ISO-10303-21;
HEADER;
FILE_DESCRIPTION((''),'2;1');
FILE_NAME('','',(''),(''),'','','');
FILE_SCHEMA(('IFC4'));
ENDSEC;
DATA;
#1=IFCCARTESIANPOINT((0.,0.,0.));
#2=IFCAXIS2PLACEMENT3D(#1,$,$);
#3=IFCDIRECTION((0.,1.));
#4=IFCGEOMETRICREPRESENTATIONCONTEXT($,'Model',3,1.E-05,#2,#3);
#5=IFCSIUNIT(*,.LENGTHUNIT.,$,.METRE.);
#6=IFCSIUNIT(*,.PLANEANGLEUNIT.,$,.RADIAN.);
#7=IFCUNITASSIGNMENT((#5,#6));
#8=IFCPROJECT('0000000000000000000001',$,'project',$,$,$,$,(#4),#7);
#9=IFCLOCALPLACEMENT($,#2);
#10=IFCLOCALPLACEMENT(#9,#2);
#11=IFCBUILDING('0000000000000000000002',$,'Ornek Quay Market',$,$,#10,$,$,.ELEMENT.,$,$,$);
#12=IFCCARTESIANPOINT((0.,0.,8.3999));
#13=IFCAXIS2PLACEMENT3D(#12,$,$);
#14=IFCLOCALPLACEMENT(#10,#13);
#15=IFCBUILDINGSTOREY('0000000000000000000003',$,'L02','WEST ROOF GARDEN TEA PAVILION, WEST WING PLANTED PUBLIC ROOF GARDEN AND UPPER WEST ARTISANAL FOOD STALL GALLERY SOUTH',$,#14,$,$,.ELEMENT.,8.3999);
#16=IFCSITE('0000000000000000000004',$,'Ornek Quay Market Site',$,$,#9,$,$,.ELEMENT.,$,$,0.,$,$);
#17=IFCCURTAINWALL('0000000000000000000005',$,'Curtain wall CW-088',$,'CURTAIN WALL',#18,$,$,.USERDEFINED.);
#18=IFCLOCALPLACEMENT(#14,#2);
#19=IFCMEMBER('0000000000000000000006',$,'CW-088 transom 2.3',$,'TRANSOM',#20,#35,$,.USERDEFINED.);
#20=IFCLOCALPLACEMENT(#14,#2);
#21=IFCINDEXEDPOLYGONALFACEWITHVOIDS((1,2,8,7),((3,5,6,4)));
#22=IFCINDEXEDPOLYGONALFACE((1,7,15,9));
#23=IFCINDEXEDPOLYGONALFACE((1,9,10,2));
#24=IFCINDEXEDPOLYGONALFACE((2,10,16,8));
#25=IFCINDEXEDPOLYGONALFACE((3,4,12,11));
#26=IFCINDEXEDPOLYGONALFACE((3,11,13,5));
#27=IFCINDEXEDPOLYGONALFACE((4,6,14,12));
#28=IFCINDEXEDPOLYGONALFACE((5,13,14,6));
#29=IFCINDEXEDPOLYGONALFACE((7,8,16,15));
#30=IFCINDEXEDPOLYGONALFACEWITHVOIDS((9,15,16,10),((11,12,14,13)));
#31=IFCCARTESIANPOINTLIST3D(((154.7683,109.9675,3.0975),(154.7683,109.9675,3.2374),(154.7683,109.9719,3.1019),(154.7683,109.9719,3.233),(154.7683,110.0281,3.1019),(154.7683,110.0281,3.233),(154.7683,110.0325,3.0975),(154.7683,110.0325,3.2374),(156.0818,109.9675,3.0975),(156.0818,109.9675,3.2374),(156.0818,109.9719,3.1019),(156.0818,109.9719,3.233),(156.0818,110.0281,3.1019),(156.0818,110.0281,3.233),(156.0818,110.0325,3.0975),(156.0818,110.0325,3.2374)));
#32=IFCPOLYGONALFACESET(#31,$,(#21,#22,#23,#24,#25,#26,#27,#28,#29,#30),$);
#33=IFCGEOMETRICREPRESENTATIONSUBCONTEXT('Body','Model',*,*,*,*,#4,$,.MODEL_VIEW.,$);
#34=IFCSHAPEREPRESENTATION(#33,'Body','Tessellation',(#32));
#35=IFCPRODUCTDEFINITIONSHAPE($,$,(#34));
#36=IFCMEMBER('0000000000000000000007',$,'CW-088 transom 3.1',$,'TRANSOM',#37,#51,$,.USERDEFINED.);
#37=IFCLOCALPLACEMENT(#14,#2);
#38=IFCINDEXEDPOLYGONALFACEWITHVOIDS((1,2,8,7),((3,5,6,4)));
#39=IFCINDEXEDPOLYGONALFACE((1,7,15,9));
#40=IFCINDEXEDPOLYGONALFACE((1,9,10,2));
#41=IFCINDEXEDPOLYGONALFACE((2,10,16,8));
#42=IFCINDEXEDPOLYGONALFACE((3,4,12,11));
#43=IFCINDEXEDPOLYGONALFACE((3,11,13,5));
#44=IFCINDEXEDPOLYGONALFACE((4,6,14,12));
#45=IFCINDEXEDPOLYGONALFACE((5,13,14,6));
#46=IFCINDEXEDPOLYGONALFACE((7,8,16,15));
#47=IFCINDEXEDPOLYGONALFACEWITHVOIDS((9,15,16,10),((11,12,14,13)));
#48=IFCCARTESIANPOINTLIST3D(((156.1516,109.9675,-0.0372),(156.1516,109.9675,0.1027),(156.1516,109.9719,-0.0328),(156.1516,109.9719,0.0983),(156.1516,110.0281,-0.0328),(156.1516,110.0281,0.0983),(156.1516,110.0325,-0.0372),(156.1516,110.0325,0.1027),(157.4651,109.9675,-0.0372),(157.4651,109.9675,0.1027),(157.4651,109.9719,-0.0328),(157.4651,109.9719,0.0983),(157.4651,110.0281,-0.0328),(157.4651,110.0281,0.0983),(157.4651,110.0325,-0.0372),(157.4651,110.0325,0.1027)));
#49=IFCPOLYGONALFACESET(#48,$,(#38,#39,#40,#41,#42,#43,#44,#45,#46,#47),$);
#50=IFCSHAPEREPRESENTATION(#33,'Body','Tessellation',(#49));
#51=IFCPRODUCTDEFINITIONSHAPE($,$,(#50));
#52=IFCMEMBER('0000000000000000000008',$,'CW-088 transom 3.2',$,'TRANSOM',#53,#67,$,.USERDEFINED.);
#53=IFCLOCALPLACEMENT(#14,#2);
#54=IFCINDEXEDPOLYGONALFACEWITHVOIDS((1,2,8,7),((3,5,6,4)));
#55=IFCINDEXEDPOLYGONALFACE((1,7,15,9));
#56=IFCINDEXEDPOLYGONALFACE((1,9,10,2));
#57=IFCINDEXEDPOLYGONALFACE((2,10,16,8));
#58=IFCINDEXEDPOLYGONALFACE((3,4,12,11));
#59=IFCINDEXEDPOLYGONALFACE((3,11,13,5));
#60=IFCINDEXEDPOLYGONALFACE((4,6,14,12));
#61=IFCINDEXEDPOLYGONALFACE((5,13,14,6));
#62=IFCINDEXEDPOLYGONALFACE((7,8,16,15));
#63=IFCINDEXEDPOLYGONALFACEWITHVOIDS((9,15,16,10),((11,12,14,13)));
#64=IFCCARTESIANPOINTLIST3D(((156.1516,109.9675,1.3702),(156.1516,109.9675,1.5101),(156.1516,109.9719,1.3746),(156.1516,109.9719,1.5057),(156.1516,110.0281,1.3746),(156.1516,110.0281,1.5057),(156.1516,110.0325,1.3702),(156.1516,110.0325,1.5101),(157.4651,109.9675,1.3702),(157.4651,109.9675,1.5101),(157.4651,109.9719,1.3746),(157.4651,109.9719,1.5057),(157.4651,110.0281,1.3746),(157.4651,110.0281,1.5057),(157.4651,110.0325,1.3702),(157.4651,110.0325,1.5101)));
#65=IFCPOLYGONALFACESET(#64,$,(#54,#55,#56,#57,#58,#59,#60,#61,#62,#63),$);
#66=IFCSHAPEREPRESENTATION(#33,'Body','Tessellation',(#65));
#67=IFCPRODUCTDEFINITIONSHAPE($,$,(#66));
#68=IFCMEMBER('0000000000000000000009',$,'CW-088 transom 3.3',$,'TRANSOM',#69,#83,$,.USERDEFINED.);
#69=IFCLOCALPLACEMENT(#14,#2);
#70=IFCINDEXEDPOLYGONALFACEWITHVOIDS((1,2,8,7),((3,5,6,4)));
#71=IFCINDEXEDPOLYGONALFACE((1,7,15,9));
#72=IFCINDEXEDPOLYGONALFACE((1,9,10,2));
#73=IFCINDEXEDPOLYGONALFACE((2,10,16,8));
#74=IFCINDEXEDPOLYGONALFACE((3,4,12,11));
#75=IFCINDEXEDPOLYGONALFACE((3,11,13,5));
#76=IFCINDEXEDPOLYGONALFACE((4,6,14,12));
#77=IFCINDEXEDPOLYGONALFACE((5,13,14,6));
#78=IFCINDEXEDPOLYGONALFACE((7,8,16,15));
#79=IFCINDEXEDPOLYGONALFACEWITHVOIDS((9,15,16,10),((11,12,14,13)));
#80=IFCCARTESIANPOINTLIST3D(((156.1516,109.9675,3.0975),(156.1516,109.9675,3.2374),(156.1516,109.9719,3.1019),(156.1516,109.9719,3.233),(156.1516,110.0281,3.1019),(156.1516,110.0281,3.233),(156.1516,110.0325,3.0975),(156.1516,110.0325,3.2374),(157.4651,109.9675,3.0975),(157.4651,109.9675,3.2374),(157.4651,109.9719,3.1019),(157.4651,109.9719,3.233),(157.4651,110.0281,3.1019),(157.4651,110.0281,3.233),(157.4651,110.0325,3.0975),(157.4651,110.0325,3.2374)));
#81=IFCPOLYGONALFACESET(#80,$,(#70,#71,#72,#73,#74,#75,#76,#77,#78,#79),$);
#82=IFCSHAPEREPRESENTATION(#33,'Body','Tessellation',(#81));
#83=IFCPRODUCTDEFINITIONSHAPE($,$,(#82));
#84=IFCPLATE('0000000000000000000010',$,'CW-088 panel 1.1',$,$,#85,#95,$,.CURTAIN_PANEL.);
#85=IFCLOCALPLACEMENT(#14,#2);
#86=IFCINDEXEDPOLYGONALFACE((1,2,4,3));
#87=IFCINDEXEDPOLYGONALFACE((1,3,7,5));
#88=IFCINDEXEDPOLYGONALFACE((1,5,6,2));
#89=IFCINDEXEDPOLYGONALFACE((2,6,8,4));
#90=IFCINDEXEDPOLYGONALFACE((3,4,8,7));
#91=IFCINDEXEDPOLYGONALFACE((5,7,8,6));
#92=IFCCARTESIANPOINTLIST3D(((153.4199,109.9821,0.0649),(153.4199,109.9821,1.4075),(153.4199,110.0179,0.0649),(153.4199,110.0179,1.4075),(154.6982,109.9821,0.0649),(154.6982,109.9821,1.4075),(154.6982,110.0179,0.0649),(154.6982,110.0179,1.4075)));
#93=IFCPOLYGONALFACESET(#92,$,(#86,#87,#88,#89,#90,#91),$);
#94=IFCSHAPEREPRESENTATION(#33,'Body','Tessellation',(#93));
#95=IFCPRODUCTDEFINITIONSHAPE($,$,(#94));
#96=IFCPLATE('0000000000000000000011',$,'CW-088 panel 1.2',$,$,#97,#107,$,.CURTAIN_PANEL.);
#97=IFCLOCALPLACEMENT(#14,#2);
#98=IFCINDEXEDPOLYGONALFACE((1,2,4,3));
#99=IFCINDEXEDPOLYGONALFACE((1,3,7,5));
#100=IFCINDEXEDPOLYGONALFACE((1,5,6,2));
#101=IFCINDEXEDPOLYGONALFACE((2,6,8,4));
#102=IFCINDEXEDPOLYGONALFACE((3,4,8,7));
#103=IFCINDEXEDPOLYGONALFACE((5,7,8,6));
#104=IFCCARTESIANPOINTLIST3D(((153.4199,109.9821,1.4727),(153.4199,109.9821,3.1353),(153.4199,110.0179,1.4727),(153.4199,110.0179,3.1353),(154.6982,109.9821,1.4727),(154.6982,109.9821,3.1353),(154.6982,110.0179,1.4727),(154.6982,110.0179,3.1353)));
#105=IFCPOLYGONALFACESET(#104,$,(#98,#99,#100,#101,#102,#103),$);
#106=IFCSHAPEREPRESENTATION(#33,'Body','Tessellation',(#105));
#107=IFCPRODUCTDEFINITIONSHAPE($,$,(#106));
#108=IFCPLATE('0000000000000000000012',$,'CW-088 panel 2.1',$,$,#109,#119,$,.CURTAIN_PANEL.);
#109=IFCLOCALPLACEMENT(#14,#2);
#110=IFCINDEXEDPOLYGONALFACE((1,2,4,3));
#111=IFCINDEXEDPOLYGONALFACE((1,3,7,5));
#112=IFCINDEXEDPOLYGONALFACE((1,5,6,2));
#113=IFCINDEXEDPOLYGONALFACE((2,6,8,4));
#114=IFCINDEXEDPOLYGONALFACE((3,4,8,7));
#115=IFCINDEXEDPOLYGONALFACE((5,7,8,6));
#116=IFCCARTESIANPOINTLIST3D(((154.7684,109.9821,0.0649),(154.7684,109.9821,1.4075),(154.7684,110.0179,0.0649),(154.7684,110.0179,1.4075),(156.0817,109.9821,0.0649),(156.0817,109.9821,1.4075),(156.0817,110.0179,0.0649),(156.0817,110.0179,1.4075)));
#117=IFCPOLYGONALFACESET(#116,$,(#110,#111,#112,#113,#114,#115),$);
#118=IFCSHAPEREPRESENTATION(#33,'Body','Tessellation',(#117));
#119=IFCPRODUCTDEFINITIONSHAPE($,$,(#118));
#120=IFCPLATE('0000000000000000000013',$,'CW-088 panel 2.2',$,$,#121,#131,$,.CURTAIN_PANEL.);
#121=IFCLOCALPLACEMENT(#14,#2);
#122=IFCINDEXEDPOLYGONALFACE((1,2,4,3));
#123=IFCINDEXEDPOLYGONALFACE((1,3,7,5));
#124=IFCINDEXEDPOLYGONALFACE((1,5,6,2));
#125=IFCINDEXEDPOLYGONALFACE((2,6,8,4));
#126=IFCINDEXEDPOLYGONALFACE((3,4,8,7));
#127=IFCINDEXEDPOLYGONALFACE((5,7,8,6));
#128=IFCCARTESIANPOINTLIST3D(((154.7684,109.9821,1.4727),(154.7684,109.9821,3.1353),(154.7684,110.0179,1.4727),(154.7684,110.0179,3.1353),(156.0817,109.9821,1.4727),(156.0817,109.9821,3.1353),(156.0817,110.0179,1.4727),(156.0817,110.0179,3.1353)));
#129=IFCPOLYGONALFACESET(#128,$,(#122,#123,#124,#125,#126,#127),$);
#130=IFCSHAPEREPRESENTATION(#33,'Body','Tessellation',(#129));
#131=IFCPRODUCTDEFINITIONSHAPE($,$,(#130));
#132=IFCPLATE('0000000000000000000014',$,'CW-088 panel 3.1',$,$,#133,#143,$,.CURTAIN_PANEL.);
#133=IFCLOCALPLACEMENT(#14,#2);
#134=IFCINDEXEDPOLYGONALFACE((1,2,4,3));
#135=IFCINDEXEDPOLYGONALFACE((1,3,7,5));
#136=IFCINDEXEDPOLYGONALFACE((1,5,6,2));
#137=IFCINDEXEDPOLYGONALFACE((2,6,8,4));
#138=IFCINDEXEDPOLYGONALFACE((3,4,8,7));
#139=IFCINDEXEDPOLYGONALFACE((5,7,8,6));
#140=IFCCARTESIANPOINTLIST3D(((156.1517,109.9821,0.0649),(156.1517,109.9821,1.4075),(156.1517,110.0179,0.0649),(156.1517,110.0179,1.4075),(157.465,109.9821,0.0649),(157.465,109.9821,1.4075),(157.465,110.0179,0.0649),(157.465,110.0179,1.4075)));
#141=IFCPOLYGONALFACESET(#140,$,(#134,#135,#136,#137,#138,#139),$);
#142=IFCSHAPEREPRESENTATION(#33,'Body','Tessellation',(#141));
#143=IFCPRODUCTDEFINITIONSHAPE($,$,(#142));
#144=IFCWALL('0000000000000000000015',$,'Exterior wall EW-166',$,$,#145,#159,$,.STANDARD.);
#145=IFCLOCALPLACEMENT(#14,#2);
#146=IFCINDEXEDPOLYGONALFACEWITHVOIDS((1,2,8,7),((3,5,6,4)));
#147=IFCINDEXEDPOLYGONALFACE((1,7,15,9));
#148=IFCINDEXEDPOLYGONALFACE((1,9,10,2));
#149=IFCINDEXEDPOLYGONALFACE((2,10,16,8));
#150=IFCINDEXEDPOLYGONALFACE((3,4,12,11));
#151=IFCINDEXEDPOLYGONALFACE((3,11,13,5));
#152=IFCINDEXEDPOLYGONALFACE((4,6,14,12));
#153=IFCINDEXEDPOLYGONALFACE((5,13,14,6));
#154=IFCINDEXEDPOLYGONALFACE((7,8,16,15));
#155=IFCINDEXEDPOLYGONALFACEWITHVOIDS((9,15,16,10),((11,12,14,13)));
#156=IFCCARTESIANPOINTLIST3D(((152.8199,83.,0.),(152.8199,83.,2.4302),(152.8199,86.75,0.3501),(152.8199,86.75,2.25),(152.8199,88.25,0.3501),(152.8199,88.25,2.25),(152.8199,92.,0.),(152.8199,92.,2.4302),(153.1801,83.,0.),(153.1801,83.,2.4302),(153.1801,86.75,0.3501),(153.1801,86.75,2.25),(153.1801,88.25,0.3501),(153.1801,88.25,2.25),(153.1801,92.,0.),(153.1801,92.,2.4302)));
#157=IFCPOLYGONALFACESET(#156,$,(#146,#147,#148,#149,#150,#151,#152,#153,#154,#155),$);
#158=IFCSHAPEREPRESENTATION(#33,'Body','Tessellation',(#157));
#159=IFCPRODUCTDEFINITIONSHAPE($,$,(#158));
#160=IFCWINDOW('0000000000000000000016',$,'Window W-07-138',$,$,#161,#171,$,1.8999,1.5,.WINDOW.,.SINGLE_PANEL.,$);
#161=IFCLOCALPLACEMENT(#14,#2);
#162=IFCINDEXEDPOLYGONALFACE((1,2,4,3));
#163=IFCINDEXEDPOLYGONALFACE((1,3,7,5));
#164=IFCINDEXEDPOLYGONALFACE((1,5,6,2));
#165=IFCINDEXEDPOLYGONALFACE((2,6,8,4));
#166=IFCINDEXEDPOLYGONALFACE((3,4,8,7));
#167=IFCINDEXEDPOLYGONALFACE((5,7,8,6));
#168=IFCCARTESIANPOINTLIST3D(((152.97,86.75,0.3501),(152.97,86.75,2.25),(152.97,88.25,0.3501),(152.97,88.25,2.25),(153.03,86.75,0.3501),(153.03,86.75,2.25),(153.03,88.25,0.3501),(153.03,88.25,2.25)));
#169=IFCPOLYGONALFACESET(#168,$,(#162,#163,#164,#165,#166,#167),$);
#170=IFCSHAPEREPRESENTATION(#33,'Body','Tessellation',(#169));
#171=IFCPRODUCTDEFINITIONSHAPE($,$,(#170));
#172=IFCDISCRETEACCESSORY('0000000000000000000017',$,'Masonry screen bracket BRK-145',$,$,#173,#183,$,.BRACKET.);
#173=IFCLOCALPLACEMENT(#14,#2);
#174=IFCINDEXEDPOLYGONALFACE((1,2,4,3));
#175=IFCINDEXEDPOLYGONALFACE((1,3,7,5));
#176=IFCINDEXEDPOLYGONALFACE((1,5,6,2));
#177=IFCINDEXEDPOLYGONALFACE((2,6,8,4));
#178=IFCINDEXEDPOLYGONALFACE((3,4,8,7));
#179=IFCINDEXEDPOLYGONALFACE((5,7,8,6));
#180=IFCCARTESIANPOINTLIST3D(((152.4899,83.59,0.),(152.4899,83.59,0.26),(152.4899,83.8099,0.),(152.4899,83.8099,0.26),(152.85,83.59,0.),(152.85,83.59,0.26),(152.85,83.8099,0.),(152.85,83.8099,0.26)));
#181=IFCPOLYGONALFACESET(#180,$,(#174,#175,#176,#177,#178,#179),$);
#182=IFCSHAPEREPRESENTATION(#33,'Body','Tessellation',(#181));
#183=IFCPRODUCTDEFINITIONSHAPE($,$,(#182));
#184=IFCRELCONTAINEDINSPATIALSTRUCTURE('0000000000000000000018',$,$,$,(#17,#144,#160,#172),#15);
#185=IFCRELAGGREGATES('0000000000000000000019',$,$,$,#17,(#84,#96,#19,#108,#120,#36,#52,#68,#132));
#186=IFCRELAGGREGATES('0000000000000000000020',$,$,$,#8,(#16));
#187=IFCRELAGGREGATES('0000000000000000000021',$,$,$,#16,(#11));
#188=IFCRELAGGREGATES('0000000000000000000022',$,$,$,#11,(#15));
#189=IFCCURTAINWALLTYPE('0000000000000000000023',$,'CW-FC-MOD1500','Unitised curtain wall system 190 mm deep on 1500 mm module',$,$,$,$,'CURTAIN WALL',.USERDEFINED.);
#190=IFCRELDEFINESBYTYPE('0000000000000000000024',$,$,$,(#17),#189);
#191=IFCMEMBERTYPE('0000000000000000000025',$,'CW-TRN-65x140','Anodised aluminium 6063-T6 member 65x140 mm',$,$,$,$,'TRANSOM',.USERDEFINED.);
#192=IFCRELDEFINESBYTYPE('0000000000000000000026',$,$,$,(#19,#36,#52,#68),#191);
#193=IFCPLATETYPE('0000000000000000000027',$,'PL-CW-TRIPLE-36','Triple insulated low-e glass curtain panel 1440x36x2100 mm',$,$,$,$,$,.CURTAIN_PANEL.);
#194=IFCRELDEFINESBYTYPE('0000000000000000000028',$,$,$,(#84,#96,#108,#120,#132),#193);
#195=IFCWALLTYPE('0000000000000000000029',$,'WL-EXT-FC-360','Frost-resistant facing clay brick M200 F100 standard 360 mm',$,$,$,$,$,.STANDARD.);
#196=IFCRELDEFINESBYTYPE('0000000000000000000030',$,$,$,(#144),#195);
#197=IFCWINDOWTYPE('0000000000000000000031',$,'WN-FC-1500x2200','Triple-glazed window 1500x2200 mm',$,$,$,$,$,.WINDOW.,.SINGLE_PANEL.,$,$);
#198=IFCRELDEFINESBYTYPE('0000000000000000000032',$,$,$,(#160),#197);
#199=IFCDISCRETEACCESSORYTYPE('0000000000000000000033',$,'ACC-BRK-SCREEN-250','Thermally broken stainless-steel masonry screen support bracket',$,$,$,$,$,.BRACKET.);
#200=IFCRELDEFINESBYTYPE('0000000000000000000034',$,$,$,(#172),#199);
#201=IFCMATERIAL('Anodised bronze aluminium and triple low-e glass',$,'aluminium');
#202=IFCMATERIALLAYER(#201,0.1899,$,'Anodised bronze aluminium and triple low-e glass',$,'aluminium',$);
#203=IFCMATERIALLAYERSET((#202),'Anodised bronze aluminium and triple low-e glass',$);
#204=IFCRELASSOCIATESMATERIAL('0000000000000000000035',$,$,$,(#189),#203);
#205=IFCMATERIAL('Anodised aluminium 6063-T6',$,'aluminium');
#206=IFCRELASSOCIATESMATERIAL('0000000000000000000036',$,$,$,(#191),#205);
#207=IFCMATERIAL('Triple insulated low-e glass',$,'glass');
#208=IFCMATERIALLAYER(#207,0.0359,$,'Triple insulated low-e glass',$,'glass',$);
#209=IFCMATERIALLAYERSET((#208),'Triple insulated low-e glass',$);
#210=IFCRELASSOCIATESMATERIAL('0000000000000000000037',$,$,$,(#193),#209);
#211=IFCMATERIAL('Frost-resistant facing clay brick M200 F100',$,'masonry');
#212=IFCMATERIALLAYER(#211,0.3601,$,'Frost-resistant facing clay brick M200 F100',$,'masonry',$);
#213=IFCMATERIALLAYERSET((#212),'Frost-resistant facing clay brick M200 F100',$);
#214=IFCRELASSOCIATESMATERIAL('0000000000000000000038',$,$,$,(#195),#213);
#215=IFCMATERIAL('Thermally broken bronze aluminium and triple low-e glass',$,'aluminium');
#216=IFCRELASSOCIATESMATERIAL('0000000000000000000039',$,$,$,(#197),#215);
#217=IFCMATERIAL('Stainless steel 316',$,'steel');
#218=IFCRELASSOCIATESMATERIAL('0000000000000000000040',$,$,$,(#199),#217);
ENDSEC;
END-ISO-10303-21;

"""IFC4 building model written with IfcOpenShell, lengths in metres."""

from ifc_helpers import new_model, si_unit, direction, frame, frame_2d, origin, origin_2d, place, context, subcontext, project, spatial, rectangle, hollow_rectangle, extrude, material, layer, layer_set, material_profile, profile_set, type_object, element, fill, aggregate, save


model = new_model("IFC4")

# Units and contexts
model_context = context("Model", 3, precision=1e-05, world=origin(), true_north=direction((0.0, 1.0)))
body_context = subcontext(model_context, "Body", "Model", "MODEL_VIEW")
ifc_project = project(units=[si_unit("LENGTHUNIT", "METRE"), si_unit("PLANEANGLEUNIT", "RADIAN")], contexts=[model_context])

# Site, building, storey
site_placement = place(None, origin())
site = spatial("IfcSite", under=ifc_project, at=site_placement, Name="Ornek Quay Market Site", CompositionType="ELEMENT", RefElevation=0.0)
building_placement = place(site_placement, origin())
building = spatial("IfcBuilding", under=site, at=building_placement, Name="Ornek Quay Market", CompositionType="ELEMENT")
storey_placement = place(building_placement, frame((0.0, 0.0, 8.3999)))
storey = spatial("IfcBuildingStorey", under=building, at=storey_placement, Name="L02", Description="WEST ROOF GARDEN TEA PAVILION, WEST WING PLANTED PUBLIC ROOF GARDEN AND UPPER WEST ARTISANAL FOOD STALL GALLERY SOUTH", CompositionType="ELEMENT", Elevation=8.3999)

# Curtain wall, members, plates
ifc_material_1 = material(Name="Anodised bronze aluminium and triple low-e glass", Category="aluminium")
ifc_layer_1 = layer(ifc_material_1, 0.1899, Name="Anodised bronze aluminium and triple low-e glass", Category="aluminium")
ifc_layer_set_1 = layer_set([ifc_layer_1], Name="Anodised bronze aluminium and triple low-e glass")
curtain_wall_type = type_object("IfcCurtainWallType", Name="CW-FC-MOD1500", Description="Unitised curtain wall system 190 mm deep on 1500 mm module", ElementType="CURTAIN WALL", PredefinedType="USERDEFINED", material=ifc_layer_set_1)
curtain_wall_placement = place(storey_placement, origin())
curtain_wall = element("IfcCurtainWall", 1, at=curtain_wall_placement, inside=storey, type_object=curtain_wall_type, Name="Curtain wall CW-088", ObjectType="CURTAIN WALL", PredefinedType="USERDEFINED")
ifc_material_2 = material(Name="Anodised aluminium 6063-T6", Category="aluminium")
ifc_material_profile_1 = material_profile(ifc_material_2, hollow_rectangle(XDim=0.0649, YDim=0.1399, WallThickness=0.0044, at=origin_2d()), Name="CW-TRN-65x140", Category="aluminium")
ifc_profile_set_1 = profile_set([ifc_material_profile_1], Name="Anodised aluminium 6063-T6")
member_type_1 = type_object("IfcMemberType", Name="CW-TRN-65x140", Description="Anodised aluminium 6063-T6 member 65x140 mm", ElementType="TRANSOM", PredefinedType="USERDEFINED", material=ifc_profile_set_1)
member_1_placement = place(storey_placement, frame((154.7683, 110.0, 3.1675), z_axis=(1.0, 0.0, 0.0), x_axis=(0.0, 1.0, 0.0)))
member_1 = element("IfcMember", 2, at=member_1_placement, type_object=member_type_1, Name="CW-088 transom 2.3", ObjectType="TRANSOM", PredefinedType="USERDEFINED", context=body_context, shape_type="SweptSolid", body=[
    extrude(hollow_rectangle(XDim=0.0649, YDim=0.1399, WallThickness=0.0044, at=origin_2d()), origin(), (0.0, 0.0, 1.0), 1.3135),
])
member_2_placement = place(storey_placement, frame((156.1516, 110.0, 0.0327), z_axis=(1.0, 0.0, 0.0), x_axis=(0.0, 1.0, 0.0)))
member_2 = element("IfcMember", 3, at=member_2_placement, type_object=member_type_1, Name="CW-088 transom 3.1", ObjectType="TRANSOM", PredefinedType="USERDEFINED", context=body_context, shape_type="SweptSolid", body=[
    extrude(hollow_rectangle(XDim=0.0649, YDim=0.1399, WallThickness=0.0044, at=origin_2d()), origin(), (0.0, 0.0, 1.0), 1.3135),
])
member_3_placement = place(storey_placement, frame((156.1516, 110.0, 1.4402), z_axis=(1.0, 0.0, 0.0), x_axis=(0.0, 1.0, 0.0)))
member_3 = element("IfcMember", 4, at=member_3_placement, type_object=member_type_1, Name="CW-088 transom 3.2", ObjectType="TRANSOM", PredefinedType="USERDEFINED", context=body_context, shape_type="SweptSolid", body=[
    extrude(hollow_rectangle(XDim=0.0649, YDim=0.1399, WallThickness=0.0044, at=origin_2d()), origin(), (0.0, 0.0, 1.0), 1.3135),
])
member_4_placement = place(storey_placement, frame((156.1516, 110.0, 3.1675), z_axis=(1.0, 0.0, 0.0), x_axis=(0.0, 1.0, 0.0)))
member_4 = element("IfcMember", 5, at=member_4_placement, type_object=member_type_1, Name="CW-088 transom 3.3", ObjectType="TRANSOM", PredefinedType="USERDEFINED", context=body_context, shape_type="SweptSolid", body=[
    extrude(hollow_rectangle(XDim=0.0649, YDim=0.1399, WallThickness=0.0044, at=origin_2d()), origin(), (0.0, 0.0, 1.0), 1.3135),
])
ifc_material_3 = material(Name="Triple insulated low-e glass", Category="glass")
ifc_layer_2 = layer(ifc_material_3, 0.0359, Name="Triple insulated low-e glass", Category="glass")
ifc_layer_set_2 = layer_set([ifc_layer_2], Name="Triple insulated low-e glass")
plate_type = type_object("IfcPlateType", Name="PL-CW-TRIPLE-36", Description="Triple insulated low-e glass curtain panel 1440x36x2100 mm", PredefinedType="CURTAIN_PANEL", material=ifc_layer_set_2)
plate_1_placement = place(storey_placement, frame((154.0591, 110.0, 0.0649), z_axis=(0.0, 0.0, 1.0), x_axis=(1.0, 0.0, 0.0)))
plate_1 = element("IfcPlate", 6, at=plate_1_placement, type_object=plate_type, Name="CW-088 panel 1.1", PredefinedType="CURTAIN_PANEL", context=body_context, shape_type="SweptSolid", body=[
    extrude(rectangle(XDim=1.2783, YDim=0.0359, at=origin_2d()), origin(), (0.0, 0.0, 1.0), 1.3425),
])
plate_2_placement = place(storey_placement, frame((154.0591, 110.0, 1.4727), z_axis=(0.0, 0.0, 1.0), x_axis=(1.0, 0.0, 0.0)))
plate_2 = element("IfcPlate", 7, at=plate_2_placement, type_object=plate_type, Name="CW-088 panel 1.2", PredefinedType="CURTAIN_PANEL", context=body_context, shape_type="SweptSolid", body=[
    extrude(rectangle(XDim=1.2783, YDim=0.0359, at=origin_2d()), origin(), (0.0, 0.0, 1.0), 1.6626),
])
plate_3_placement = place(storey_placement, frame((155.425, 110.0, 0.0649), z_axis=(0.0, 0.0, 1.0), x_axis=(1.0, 0.0, 0.0)))
plate_3 = element("IfcPlate", 8, at=plate_3_placement, type_object=plate_type, Name="CW-088 panel 2.1", PredefinedType="CURTAIN_PANEL", context=body_context, shape_type="SweptSolid", body=[
    extrude(rectangle(XDim=1.3132, YDim=0.0359, at=origin_2d()), origin(), (0.0, 0.0, 1.0), 1.3425),
])
plate_4_placement = place(storey_placement, frame((155.425, 110.0, 1.4727), z_axis=(0.0, 0.0, 1.0), x_axis=(1.0, 0.0, 0.0)))
plate_4 = element("IfcPlate", 9, at=plate_4_placement, type_object=plate_type, Name="CW-088 panel 2.2", PredefinedType="CURTAIN_PANEL", context=body_context, shape_type="SweptSolid", body=[
    extrude(rectangle(XDim=1.3132, YDim=0.0359, at=origin_2d()), origin(), (0.0, 0.0, 1.0), 1.6626),
])
plate_5_placement = place(storey_placement, frame((156.8083, 110.0, 0.0649), z_axis=(0.0, 0.0, 1.0), x_axis=(1.0, 0.0, 0.0)))
plate_5 = element("IfcPlate", 10, at=plate_5_placement, type_object=plate_type, Name="CW-088 panel 3.1", PredefinedType="CURTAIN_PANEL", context=body_context, shape_type="SweptSolid", body=[
    extrude(rectangle(XDim=1.3132, YDim=0.0359, at=origin_2d()), origin(), (0.0, 0.0, 1.0), 1.3425),
])
aggregate(curtain_wall, [plate_1, plate_2, member_1, plate_3, plate_4, member_2, member_3, member_4, plate_5])

# Wall, opening, window
ifc_material_4 = material(Name="Frost-resistant facing clay brick M200 F100", Category="masonry")
ifc_layer_3 = layer(ifc_material_4, 0.3601, Name="Frost-resistant facing clay brick M200 F100", Category="masonry")
ifc_layer_set_3 = layer_set([ifc_layer_3], Name="Frost-resistant facing clay brick M200 F100")
wall_type = type_object("IfcWallType", Name="WL-EXT-FC-360", Description="Frost-resistant facing clay brick M200 F100 standard 360 mm", PredefinedType="STANDARD", material=ifc_layer_set_3)
wall_placement = place(storey_placement, frame((153.0, 83.0, 0.0), z_axis=(0.0, 0.0, 1.0), x_axis=(0.0, 1.0, 0.0)))
wall = element("IfcWall", 11, at=wall_placement, inside=storey, type_object=wall_type, Name="Exterior wall EW-166", PredefinedType="STANDARD", context=body_context, shape_type="SweptSolid", body=[
    extrude(rectangle(XDim=9.0, YDim=0.3601, at=frame_2d((4.5, 0.0))), origin(), (0.0, 0.0, 1.0), 2.4302),
])
opening_placement = place(wall_placement, frame((3.75, 0.0, 0.3501)))
opening = element("IfcOpeningElement", 12, at=opening_placement, cuts=wall, PredefinedType="OPENING", context=body_context, shape_type="SweptSolid", body=[
    extrude(rectangle(XDim=1.5, YDim=1.8999, at=frame_2d((0.75, 0.95))), frame((0.0, 0.1899, 0.0), z_axis=(0.0, -1.0, 0.0), x_axis=(1.0, 0.0, 0.0)), (0.0, 0.0, 1.0), 0.3801),
])
ifc_material_5 = material(Name="Thermally broken bronze aluminium and triple low-e glass", Category="aluminium")
window_type = type_object("IfcWindowType", Name="WN-FC-1500x2200", Description="Triple-glazed window 1500x2200 mm", PartitioningType="SINGLE_PANEL", PredefinedType="WINDOW", material=ifc_material_5)
window_placement = place(opening_placement, origin())
window = element("IfcWindow", 13, at=window_placement, inside=storey, type_object=window_type, Name="Window W-07-138", OverallHeight=1.8999, OverallWidth=1.5, PartitioningType="SINGLE_PANEL", PredefinedType="WINDOW", context=body_context, shape_type="SweptSolid", body=[
    extrude(rectangle(XDim=1.5, YDim=1.8999, at=frame_2d((0.75, 0.95))), frame((0.0, 0.03, 0.0), z_axis=(0.0, -1.0, 0.0), x_axis=(1.0, 0.0, 0.0)), (0.0, 0.0, 1.0), 0.0601),
])
fill(opening, window)

# Discrete accessory
ifc_material_6 = material(Name="Stainless steel 316", Category="steel")
discrete_accessory_type = type_object("IfcDiscreteAccessoryType", Name="ACC-BRK-SCREEN-250", Description="Thermally broken stainless-steel masonry screen support bracket", PredefinedType="BRACKET", material=ifc_material_6)
for number, where, z_axis, x_axis, name in (
    (14, (152.6699, 83.7, 0.0), (0.0, 0.0, 1.0), (0.0, 1.0, 0.0), "Masonry screen bracket BRK-145"),
):
    element("IfcDiscreteAccessory", number, at=place(storey_placement, frame(where, z_axis=z_axis, x_axis=x_axis)), inside=storey, type_object=discrete_accessory_type, Name=name, PredefinedType="BRACKET", context=body_context, shape_type="SweptSolid", body=[
        extrude(rectangle(XDim=0.22, YDim=0.3601, at=origin_2d()), origin(), (0.0, 0.0, 1.0), 0.26),
    ])

save(model, "model.ifc")
